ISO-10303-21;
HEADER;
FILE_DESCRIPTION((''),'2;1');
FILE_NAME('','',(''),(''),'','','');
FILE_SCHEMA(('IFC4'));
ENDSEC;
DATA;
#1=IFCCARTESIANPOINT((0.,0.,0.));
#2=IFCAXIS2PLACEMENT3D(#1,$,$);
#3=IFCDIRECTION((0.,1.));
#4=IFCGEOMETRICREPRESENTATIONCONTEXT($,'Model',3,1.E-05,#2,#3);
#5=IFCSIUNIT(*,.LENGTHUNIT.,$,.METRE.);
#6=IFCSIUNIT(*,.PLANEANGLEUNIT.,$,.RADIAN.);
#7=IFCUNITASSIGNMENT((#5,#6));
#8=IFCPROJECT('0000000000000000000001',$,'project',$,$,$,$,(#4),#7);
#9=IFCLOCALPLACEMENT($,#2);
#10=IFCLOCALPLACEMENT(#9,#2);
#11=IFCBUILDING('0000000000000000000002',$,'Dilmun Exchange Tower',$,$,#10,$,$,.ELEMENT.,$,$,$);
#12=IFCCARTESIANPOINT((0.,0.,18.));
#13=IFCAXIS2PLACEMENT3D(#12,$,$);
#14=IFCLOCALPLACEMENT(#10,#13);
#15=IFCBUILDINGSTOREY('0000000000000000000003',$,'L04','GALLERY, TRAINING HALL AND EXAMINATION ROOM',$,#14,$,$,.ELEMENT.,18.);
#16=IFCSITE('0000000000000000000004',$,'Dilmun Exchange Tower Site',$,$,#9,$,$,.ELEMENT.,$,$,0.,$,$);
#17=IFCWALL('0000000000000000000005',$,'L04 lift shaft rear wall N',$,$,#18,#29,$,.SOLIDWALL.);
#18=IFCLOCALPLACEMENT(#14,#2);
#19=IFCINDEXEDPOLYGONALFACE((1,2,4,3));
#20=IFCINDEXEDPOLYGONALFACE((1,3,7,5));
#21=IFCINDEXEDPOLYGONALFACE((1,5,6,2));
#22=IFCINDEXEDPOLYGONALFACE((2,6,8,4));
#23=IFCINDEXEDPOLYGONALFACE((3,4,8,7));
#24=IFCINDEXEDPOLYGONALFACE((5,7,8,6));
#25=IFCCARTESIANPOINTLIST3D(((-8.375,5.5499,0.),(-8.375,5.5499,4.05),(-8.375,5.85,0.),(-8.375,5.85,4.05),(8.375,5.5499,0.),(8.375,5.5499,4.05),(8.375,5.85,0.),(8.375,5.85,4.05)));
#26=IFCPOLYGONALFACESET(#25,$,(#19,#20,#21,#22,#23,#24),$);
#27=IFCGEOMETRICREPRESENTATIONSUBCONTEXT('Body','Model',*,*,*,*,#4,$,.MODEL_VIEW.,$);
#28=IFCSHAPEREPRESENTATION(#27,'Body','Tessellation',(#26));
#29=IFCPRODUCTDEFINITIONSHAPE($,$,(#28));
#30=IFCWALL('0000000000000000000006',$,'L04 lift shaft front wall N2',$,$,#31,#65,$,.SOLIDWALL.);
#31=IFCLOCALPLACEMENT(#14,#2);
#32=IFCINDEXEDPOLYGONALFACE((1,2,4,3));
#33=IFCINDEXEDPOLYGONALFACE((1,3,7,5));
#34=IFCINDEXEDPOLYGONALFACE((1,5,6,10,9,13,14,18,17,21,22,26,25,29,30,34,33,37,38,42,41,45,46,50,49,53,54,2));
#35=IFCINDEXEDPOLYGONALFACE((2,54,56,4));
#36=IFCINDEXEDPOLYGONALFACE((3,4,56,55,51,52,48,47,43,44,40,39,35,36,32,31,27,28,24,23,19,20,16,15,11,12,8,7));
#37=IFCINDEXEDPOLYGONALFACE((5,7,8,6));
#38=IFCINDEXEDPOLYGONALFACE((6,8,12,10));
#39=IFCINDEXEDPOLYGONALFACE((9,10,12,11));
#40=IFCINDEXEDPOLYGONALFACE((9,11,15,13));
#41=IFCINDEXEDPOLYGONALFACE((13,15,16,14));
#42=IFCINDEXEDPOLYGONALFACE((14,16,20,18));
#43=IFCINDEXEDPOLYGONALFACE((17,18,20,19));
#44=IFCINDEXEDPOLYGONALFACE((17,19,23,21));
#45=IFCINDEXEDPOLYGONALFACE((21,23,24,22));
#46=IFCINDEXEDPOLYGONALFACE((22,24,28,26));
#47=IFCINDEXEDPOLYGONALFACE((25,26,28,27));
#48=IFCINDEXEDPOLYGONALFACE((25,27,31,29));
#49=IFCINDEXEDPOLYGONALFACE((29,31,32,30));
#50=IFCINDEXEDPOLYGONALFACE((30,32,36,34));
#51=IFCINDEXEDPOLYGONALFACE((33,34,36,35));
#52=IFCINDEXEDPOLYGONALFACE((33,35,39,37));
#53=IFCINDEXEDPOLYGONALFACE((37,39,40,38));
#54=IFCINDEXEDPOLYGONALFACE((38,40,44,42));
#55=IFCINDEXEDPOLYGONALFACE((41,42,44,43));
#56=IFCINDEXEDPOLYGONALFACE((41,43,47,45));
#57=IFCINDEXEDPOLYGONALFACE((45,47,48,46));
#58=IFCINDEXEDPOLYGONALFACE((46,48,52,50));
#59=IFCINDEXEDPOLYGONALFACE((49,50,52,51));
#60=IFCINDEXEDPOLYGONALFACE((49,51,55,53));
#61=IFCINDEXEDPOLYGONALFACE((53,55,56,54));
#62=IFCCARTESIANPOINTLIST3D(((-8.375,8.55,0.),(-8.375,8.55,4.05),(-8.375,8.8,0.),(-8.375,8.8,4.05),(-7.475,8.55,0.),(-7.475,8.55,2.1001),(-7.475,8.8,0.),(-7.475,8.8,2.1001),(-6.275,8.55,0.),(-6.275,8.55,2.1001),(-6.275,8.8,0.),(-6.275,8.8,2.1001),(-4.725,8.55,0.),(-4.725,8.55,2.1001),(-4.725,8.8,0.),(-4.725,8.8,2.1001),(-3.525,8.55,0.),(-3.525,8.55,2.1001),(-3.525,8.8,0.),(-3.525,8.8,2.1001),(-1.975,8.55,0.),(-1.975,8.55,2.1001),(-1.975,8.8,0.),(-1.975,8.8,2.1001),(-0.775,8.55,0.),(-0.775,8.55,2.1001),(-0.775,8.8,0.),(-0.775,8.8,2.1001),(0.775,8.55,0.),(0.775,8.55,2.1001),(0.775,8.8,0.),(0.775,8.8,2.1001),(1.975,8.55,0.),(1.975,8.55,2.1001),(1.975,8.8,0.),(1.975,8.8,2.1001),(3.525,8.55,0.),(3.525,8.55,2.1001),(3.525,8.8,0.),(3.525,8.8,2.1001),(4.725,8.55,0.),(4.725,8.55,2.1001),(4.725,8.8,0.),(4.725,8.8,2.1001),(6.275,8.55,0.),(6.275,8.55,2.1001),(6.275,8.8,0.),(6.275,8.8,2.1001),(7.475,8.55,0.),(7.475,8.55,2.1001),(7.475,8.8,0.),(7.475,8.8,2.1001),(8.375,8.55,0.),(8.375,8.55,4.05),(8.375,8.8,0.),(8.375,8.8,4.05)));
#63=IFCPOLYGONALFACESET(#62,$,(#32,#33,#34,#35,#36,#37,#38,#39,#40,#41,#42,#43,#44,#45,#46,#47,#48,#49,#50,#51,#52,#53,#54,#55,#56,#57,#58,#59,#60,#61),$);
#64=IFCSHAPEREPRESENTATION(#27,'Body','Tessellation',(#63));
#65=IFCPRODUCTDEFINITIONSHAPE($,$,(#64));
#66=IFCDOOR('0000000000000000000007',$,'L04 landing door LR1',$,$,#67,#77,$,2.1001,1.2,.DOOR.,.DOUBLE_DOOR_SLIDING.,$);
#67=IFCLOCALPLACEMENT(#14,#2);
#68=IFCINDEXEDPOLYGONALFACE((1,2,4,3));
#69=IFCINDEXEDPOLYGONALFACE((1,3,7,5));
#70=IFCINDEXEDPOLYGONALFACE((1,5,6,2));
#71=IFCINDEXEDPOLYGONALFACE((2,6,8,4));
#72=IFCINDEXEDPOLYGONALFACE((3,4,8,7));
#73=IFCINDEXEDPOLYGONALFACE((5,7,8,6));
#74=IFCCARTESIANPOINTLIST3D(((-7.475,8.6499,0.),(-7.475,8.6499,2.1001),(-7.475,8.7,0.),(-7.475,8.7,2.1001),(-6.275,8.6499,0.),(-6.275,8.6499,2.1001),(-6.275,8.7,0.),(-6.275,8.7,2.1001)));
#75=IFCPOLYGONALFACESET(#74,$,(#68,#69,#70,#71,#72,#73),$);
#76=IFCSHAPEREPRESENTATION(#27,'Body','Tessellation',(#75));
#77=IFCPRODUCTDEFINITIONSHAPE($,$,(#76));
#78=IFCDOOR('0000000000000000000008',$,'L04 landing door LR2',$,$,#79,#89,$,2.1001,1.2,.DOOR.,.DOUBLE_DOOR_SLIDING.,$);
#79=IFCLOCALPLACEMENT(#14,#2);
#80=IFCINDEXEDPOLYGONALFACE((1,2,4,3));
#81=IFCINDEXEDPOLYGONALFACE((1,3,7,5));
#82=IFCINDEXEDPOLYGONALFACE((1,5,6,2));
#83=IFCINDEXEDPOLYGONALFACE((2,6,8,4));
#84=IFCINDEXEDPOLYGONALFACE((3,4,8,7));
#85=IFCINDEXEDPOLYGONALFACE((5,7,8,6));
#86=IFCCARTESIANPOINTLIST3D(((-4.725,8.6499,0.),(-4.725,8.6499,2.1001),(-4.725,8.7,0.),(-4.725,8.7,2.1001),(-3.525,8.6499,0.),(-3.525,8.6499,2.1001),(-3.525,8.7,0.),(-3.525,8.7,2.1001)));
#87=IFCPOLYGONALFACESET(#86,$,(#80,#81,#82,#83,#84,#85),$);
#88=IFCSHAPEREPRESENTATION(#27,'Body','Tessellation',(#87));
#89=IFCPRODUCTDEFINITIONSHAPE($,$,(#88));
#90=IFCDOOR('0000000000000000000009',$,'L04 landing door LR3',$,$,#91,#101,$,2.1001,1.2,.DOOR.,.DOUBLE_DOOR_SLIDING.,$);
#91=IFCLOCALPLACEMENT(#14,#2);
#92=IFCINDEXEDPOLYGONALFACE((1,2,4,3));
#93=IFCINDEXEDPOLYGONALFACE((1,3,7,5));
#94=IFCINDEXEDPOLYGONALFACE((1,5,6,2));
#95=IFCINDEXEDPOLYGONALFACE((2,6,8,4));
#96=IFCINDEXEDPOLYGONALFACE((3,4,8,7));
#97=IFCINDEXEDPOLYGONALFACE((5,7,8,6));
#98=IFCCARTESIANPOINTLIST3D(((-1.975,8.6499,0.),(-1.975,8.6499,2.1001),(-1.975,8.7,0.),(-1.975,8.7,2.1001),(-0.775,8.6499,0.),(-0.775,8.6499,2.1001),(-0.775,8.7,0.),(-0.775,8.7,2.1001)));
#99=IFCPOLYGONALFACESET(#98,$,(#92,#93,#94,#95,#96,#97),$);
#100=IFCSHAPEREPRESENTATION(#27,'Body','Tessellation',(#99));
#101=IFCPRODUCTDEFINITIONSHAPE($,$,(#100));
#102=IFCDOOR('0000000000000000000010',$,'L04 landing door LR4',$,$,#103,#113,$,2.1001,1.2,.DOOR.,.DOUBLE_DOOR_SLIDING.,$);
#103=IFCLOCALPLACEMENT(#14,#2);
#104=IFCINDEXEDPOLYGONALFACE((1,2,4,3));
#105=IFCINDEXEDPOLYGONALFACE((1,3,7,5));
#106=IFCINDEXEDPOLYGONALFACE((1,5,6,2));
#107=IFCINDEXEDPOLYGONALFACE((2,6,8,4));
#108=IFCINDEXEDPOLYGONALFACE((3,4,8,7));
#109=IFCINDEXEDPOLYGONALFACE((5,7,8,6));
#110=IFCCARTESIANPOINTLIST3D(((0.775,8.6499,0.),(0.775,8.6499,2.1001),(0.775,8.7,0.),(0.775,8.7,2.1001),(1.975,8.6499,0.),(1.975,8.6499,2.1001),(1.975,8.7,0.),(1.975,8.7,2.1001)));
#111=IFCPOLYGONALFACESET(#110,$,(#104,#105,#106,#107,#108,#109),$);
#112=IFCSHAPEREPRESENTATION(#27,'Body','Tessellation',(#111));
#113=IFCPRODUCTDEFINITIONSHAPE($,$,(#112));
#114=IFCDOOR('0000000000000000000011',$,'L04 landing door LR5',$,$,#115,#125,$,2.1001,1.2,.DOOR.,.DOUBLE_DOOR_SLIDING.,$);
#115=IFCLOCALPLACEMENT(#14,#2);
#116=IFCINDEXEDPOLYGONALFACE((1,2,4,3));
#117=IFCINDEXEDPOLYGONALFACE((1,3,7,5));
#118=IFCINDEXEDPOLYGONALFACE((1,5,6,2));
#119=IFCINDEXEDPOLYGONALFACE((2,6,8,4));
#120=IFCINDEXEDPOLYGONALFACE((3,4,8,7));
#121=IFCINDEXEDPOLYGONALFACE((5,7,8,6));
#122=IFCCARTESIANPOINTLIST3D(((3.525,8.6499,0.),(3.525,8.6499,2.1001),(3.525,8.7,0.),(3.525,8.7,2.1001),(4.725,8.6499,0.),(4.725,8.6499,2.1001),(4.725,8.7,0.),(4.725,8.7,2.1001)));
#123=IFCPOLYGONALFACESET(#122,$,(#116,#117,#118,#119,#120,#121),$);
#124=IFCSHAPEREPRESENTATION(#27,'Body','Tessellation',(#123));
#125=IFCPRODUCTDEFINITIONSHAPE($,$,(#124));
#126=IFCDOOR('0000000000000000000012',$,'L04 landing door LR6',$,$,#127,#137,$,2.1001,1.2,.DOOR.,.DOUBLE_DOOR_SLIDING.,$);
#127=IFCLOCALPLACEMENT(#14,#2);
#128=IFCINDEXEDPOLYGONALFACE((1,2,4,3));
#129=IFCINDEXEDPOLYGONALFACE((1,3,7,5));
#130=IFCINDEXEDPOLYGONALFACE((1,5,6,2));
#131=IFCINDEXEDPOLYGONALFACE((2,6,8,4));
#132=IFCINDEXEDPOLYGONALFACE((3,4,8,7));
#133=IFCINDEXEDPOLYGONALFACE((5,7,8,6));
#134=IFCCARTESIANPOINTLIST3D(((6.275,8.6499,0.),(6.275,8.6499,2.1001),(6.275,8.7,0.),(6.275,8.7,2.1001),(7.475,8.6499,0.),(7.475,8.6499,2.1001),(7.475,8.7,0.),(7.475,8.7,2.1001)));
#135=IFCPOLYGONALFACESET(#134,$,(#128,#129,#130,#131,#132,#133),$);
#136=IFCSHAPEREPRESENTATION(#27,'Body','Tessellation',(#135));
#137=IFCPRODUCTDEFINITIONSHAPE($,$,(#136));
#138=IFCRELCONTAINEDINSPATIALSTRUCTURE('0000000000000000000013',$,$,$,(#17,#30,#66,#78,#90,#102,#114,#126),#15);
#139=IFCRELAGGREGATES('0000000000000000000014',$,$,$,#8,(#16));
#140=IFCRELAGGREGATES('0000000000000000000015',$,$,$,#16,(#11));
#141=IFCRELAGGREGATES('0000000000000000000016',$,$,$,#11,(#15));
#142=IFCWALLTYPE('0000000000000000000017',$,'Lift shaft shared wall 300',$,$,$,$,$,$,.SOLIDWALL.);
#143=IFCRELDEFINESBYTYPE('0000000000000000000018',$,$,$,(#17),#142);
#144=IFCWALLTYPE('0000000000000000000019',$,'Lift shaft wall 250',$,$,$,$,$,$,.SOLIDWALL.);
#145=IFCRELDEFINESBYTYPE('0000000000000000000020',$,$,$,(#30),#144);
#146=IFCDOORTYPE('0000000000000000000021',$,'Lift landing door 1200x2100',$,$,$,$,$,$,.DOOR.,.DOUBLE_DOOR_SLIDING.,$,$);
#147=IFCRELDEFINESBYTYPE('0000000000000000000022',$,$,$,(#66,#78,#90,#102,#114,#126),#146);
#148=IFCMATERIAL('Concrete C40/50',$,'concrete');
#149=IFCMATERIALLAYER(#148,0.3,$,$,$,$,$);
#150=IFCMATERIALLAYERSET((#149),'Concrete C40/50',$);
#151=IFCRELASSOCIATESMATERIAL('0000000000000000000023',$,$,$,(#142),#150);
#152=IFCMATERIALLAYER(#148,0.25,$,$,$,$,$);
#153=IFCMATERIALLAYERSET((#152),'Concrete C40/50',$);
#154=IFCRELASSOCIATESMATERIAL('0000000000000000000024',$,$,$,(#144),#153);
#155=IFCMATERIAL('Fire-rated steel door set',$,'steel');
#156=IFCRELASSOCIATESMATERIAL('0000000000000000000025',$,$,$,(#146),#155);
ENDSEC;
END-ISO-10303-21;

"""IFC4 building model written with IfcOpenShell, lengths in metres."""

from ifc_helpers import new_model, si_unit, direction, frame, frame_2d, origin, place, context, subcontext, project, spatial, rectangle, extrude, material, layer, layer_set, type_object, element, fill, save


model = new_model("IFC4")

# Units and contexts
model_context = context("Model", 3, precision=1e-05, world=origin(), true_north=direction((0.0, 1.0)))
body_context = subcontext(model_context, "Body", "Model", "MODEL_VIEW")
ifc_project = project(units=[si_unit("LENGTHUNIT", "METRE"), si_unit("PLANEANGLEUNIT", "RADIAN")], contexts=[model_context])

# Site, building, storey
site_placement = place(None, origin())
site = spatial("IfcSite", under=ifc_project, at=site_placement, Name="Dilmun Exchange Tower Site", CompositionType="ELEMENT", RefElevation=0.0)
building_placement = place(site_placement, origin())
building = spatial("IfcBuilding", under=site, at=building_placement, Name="Dilmun Exchange Tower", CompositionType="ELEMENT")
storey_placement = place(building_placement, frame((0.0, 0.0, 18.0)))
storey = spatial("IfcBuildingStorey", under=building, at=storey_placement, Name="L04", Description="GALLERY, TRAINING HALL AND EXAMINATION ROOM", CompositionType="ELEMENT", Elevation=18.0)

# Shared definitions
ifc_material_1 = material(Name="Concrete C40/50", Category="concrete")

# Shared definitions
ifc_material_2 = material(Name="Fire-rated steel door set", Category="steel")

# Wall
ifc_layer_1 = layer(ifc_material_1, 0.3)
ifc_layer_set_1 = layer_set([ifc_layer_1], Name="Concrete C40/50")
wall_type_1 = type_object("IfcWallType", Name="Lift shaft shared wall 300", PredefinedType="SOLIDWALL", material=ifc_layer_set_1)
wall_1_placement = place(storey_placement, frame((-8.375, 5.7, 0.0), z_axis=(0.0, 0.0, 1.0), x_axis=(1.0, 0.0, 0.0)))
element("IfcWall", 1, at=wall_1_placement, inside=storey, type_object=wall_type_1, Name="L04 lift shaft rear wall N", PredefinedType="SOLIDWALL", context=body_context, shape_type="SweptSolid", body=[
    extrude(rectangle(XDim=16.75, YDim=0.3, at=frame_2d((8.375, 0.0))), origin(), (0.0, 0.0, 1.0), 4.05),
])

# Wall, openings, doors
ifc_layer_2 = layer(ifc_material_1, 0.25)
ifc_layer_set_2 = layer_set([ifc_layer_2], Name="Concrete C40/50")
wall_type_2 = type_object("IfcWallType", Name="Lift shaft wall 250", PredefinedType="SOLIDWALL", material=ifc_layer_set_2)
wall_2_placement = place(storey_placement, frame((-8.375, 8.675, 0.0), z_axis=(0.0, 0.0, 1.0), x_axis=(1.0, 0.0, 0.0)))
wall_2 = element("IfcWall", 2, at=wall_2_placement, inside=storey, type_object=wall_type_2, Name="L04 lift shaft front wall N2", PredefinedType="SOLIDWALL", context=body_context, shape_type="SweptSolid", body=[
    extrude(rectangle(XDim=16.75, YDim=0.25, at=frame_2d((8.375, 0.0))), origin(), (0.0, 0.0, 1.0), 4.05),
])
opening_1_placement = place(wall_2_placement, frame((0.8999, 0.0, 0.0)))
opening_1 = element("IfcOpeningElement", 3, at=opening_1_placement, cuts=wall_2, PredefinedType="OPENING", context=body_context, shape_type="SweptSolid", body=[
    extrude(rectangle(XDim=1.2, YDim=2.1001, at=frame_2d((0.6001, 1.05))), frame((0.0, 0.135, 0.0), z_axis=(0.0, -1.0, 0.0), x_axis=(1.0, 0.0, 0.0)), (0.0, 0.0, 1.0), 0.27),
])
opening_2_placement = place(wall_2_placement, frame((3.6499, 0.0, 0.0)))
opening_2 = element("IfcOpeningElement", 4, at=opening_2_placement, cuts=wall_2, PredefinedType="OPENING", context=body_context, shape_type="SweptSolid", body=[
    extrude(rectangle(XDim=1.2, YDim=2.1001, at=frame_2d((0.6001, 1.05))), frame((0.0, 0.135, 0.0), z_axis=(0.0, -1.0, 0.0), x_axis=(1.0, 0.0, 0.0)), (0.0, 0.0, 1.0), 0.27),
])
opening_3_placement = place(wall_2_placement, frame((6.3999, 0.0, 0.0)))
opening_3 = element("IfcOpeningElement", 5, at=opening_3_placement, cuts=wall_2, PredefinedType="OPENING", context=body_context, shape_type="SweptSolid", body=[
    extrude(rectangle(XDim=1.2, YDim=2.1001, at=frame_2d((0.6001, 1.05))), frame((0.0, 0.135, 0.0), z_axis=(0.0, -1.0, 0.0), x_axis=(1.0, 0.0, 0.0)), (0.0, 0.0, 1.0), 0.27),
])
opening_4_placement = place(wall_2_placement, frame((9.1499, 0.0, 0.0)))
opening_4 = element("IfcOpeningElement", 6, at=opening_4_placement, cuts=wall_2, PredefinedType="OPENING", context=body_context, shape_type="SweptSolid", body=[
    extrude(rectangle(XDim=1.2, YDim=2.1001, at=frame_2d((0.6001, 1.05))), frame((0.0, 0.135, 0.0), z_axis=(0.0, -1.0, 0.0), x_axis=(1.0, 0.0, 0.0)), (0.0, 0.0, 1.0), 0.27),
])
opening_5_placement = place(wall_2_placement, frame((11.8999, 0.0, 0.0)))
opening_5 = element("IfcOpeningElement", 7, at=opening_5_placement, cuts=wall_2, PredefinedType="OPENING", context=body_context, shape_type="SweptSolid", body=[
    extrude(rectangle(XDim=1.2, YDim=2.1001, at=frame_2d((0.6001, 1.05))), frame((0.0, 0.135, 0.0), z_axis=(0.0, -1.0, 0.0), x_axis=(1.0, 0.0, 0.0)), (0.0, 0.0, 1.0), 0.27),
])
opening_6_placement = place(wall_2_placement, frame((14.6499, 0.0, 0.0)))
opening_6 = element("IfcOpeningElement", 8, at=opening_6_placement, cuts=wall_2, PredefinedType="OPENING", context=body_context, shape_type="SweptSolid", body=[
    extrude(rectangle(XDim=1.2, YDim=2.1001, at=frame_2d((0.6001, 1.05))), frame((0.0, 0.135, 0.0), z_axis=(0.0, -1.0, 0.0), x_axis=(1.0, 0.0, 0.0)), (0.0, 0.0, 1.0), 0.27),
])
door_type_1 = type_object("IfcDoorType", Name="Lift landing door 1200x2100", OperationType="DOUBLE_DOOR_SLIDING", PredefinedType="DOOR", material=ifc_material_2)
door_1_placement = place(opening_1_placement, origin())
door_1 = element("IfcDoor", 9, at=door_1_placement, inside=storey, type_object=door_type_1, Name="L04 landing door LR1", OperationType="DOUBLE_DOOR_SLIDING", OverallHeight=2.1001, OverallWidth=1.2, PredefinedType="DOOR", context=body_context, shape_type="SweptSolid", body=[
    extrude(rectangle(XDim=1.2, YDim=2.1001, at=frame_2d((0.6001, 1.05))), frame((0.0, 0.0249, 0.0), z_axis=(0.0, -1.0, 0.0), x_axis=(1.0, 0.0, 0.0)), (0.0, 0.0, 1.0), 0.05),
])
fill(opening_1, door_1)
door_2_placement = place(opening_2_placement, origin())
door_2 = element("IfcDoor", 10, at=door_2_placement, inside=storey, type_object=door_type_1, Name="L04 landing door LR2", OperationType="DOUBLE_DOOR_SLIDING", OverallHeight=2.1001, OverallWidth=1.2, PredefinedType="DOOR", context=body_context, shape_type="SweptSolid", body=[
    extrude(rectangle(XDim=1.2, YDim=2.1001, at=frame_2d((0.6001, 1.05))), frame((0.0, 0.0249, 0.0), z_axis=(0.0, -1.0, 0.0), x_axis=(1.0, 0.0, 0.0)), (0.0, 0.0, 1.0), 0.05),
])
fill(opening_2, door_2)
door_3_placement = place(opening_3_placement, origin())
door_3 = element("IfcDoor", 11, at=door_3_placement, inside=storey, type_object=door_type_1, Name="L04 landing door LR3", OperationType="DOUBLE_DOOR_SLIDING", OverallHeight=2.1001, OverallWidth=1.2, PredefinedType="DOOR", context=body_context, shape_type="SweptSolid", body=[
    extrude(rectangle(XDim=1.2, YDim=2.1001, at=frame_2d((0.6001, 1.05))), frame((0.0, 0.0249, 0.0), z_axis=(0.0, -1.0, 0.0), x_axis=(1.0, 0.0, 0.0)), (0.0, 0.0, 1.0), 0.05),
])
fill(opening_3, door_3)
door_4_placement = place(opening_4_placement, origin())
door_4 = element("IfcDoor", 12, at=door_4_placement, inside=storey, type_object=door_type_1, Name="L04 landing door LR4", OperationType="DOUBLE_DOOR_SLIDING", OverallHeight=2.1001, OverallWidth=1.2, PredefinedType="DOOR", context=body_context, shape_type="SweptSolid", body=[
    extrude(rectangle(XDim=1.2, YDim=2.1001, at=frame_2d((0.6001, 1.05))), frame((0.0, 0.0249, 0.0), z_axis=(0.0, -1.0, 0.0), x_axis=(1.0, 0.0, 0.0)), (0.0, 0.0, 1.0), 0.05),
])
fill(opening_4, door_4)
door_5_placement = place(opening_5_placement, origin())
door_5 = element("IfcDoor", 13, at=door_5_placement, inside=storey, type_object=door_type_1, Name="L04 landing door LR5", OperationType="DOUBLE_DOOR_SLIDING", OverallHeight=2.1001, OverallWidth=1.2, PredefinedType="DOOR", context=body_context, shape_type="SweptSolid", body=[
    extrude(rectangle(XDim=1.2, YDim=2.1001, at=frame_2d((0.6001, 1.05))), frame((0.0, 0.0249, 0.0), z_axis=(0.0, -1.0, 0.0), x_axis=(1.0, 0.0, 0.0)), (0.0, 0.0, 1.0), 0.05),
])
fill(opening_5, door_5)
door_6_placement = place(opening_6_placement, origin())
door_6 = element("IfcDoor", 14, at=door_6_placement, inside=storey, type_object=door_type_1, Name="L04 landing door LR6", OperationType="DOUBLE_DOOR_SLIDING", OverallHeight=2.1001, OverallWidth=1.2, PredefinedType="DOOR", context=body_context, shape_type="SweptSolid", body=[
    extrude(rectangle(XDim=1.2, YDim=2.1001, at=frame_2d((0.6001, 1.05))), frame((0.0, 0.0249, 0.0), z_axis=(0.0, -1.0, 0.0), x_axis=(1.0, 0.0, 0.0)), (0.0, 0.0, 1.0), 0.05),
])
fill(opening_6, door_6)

save(model, "model.ifc")
